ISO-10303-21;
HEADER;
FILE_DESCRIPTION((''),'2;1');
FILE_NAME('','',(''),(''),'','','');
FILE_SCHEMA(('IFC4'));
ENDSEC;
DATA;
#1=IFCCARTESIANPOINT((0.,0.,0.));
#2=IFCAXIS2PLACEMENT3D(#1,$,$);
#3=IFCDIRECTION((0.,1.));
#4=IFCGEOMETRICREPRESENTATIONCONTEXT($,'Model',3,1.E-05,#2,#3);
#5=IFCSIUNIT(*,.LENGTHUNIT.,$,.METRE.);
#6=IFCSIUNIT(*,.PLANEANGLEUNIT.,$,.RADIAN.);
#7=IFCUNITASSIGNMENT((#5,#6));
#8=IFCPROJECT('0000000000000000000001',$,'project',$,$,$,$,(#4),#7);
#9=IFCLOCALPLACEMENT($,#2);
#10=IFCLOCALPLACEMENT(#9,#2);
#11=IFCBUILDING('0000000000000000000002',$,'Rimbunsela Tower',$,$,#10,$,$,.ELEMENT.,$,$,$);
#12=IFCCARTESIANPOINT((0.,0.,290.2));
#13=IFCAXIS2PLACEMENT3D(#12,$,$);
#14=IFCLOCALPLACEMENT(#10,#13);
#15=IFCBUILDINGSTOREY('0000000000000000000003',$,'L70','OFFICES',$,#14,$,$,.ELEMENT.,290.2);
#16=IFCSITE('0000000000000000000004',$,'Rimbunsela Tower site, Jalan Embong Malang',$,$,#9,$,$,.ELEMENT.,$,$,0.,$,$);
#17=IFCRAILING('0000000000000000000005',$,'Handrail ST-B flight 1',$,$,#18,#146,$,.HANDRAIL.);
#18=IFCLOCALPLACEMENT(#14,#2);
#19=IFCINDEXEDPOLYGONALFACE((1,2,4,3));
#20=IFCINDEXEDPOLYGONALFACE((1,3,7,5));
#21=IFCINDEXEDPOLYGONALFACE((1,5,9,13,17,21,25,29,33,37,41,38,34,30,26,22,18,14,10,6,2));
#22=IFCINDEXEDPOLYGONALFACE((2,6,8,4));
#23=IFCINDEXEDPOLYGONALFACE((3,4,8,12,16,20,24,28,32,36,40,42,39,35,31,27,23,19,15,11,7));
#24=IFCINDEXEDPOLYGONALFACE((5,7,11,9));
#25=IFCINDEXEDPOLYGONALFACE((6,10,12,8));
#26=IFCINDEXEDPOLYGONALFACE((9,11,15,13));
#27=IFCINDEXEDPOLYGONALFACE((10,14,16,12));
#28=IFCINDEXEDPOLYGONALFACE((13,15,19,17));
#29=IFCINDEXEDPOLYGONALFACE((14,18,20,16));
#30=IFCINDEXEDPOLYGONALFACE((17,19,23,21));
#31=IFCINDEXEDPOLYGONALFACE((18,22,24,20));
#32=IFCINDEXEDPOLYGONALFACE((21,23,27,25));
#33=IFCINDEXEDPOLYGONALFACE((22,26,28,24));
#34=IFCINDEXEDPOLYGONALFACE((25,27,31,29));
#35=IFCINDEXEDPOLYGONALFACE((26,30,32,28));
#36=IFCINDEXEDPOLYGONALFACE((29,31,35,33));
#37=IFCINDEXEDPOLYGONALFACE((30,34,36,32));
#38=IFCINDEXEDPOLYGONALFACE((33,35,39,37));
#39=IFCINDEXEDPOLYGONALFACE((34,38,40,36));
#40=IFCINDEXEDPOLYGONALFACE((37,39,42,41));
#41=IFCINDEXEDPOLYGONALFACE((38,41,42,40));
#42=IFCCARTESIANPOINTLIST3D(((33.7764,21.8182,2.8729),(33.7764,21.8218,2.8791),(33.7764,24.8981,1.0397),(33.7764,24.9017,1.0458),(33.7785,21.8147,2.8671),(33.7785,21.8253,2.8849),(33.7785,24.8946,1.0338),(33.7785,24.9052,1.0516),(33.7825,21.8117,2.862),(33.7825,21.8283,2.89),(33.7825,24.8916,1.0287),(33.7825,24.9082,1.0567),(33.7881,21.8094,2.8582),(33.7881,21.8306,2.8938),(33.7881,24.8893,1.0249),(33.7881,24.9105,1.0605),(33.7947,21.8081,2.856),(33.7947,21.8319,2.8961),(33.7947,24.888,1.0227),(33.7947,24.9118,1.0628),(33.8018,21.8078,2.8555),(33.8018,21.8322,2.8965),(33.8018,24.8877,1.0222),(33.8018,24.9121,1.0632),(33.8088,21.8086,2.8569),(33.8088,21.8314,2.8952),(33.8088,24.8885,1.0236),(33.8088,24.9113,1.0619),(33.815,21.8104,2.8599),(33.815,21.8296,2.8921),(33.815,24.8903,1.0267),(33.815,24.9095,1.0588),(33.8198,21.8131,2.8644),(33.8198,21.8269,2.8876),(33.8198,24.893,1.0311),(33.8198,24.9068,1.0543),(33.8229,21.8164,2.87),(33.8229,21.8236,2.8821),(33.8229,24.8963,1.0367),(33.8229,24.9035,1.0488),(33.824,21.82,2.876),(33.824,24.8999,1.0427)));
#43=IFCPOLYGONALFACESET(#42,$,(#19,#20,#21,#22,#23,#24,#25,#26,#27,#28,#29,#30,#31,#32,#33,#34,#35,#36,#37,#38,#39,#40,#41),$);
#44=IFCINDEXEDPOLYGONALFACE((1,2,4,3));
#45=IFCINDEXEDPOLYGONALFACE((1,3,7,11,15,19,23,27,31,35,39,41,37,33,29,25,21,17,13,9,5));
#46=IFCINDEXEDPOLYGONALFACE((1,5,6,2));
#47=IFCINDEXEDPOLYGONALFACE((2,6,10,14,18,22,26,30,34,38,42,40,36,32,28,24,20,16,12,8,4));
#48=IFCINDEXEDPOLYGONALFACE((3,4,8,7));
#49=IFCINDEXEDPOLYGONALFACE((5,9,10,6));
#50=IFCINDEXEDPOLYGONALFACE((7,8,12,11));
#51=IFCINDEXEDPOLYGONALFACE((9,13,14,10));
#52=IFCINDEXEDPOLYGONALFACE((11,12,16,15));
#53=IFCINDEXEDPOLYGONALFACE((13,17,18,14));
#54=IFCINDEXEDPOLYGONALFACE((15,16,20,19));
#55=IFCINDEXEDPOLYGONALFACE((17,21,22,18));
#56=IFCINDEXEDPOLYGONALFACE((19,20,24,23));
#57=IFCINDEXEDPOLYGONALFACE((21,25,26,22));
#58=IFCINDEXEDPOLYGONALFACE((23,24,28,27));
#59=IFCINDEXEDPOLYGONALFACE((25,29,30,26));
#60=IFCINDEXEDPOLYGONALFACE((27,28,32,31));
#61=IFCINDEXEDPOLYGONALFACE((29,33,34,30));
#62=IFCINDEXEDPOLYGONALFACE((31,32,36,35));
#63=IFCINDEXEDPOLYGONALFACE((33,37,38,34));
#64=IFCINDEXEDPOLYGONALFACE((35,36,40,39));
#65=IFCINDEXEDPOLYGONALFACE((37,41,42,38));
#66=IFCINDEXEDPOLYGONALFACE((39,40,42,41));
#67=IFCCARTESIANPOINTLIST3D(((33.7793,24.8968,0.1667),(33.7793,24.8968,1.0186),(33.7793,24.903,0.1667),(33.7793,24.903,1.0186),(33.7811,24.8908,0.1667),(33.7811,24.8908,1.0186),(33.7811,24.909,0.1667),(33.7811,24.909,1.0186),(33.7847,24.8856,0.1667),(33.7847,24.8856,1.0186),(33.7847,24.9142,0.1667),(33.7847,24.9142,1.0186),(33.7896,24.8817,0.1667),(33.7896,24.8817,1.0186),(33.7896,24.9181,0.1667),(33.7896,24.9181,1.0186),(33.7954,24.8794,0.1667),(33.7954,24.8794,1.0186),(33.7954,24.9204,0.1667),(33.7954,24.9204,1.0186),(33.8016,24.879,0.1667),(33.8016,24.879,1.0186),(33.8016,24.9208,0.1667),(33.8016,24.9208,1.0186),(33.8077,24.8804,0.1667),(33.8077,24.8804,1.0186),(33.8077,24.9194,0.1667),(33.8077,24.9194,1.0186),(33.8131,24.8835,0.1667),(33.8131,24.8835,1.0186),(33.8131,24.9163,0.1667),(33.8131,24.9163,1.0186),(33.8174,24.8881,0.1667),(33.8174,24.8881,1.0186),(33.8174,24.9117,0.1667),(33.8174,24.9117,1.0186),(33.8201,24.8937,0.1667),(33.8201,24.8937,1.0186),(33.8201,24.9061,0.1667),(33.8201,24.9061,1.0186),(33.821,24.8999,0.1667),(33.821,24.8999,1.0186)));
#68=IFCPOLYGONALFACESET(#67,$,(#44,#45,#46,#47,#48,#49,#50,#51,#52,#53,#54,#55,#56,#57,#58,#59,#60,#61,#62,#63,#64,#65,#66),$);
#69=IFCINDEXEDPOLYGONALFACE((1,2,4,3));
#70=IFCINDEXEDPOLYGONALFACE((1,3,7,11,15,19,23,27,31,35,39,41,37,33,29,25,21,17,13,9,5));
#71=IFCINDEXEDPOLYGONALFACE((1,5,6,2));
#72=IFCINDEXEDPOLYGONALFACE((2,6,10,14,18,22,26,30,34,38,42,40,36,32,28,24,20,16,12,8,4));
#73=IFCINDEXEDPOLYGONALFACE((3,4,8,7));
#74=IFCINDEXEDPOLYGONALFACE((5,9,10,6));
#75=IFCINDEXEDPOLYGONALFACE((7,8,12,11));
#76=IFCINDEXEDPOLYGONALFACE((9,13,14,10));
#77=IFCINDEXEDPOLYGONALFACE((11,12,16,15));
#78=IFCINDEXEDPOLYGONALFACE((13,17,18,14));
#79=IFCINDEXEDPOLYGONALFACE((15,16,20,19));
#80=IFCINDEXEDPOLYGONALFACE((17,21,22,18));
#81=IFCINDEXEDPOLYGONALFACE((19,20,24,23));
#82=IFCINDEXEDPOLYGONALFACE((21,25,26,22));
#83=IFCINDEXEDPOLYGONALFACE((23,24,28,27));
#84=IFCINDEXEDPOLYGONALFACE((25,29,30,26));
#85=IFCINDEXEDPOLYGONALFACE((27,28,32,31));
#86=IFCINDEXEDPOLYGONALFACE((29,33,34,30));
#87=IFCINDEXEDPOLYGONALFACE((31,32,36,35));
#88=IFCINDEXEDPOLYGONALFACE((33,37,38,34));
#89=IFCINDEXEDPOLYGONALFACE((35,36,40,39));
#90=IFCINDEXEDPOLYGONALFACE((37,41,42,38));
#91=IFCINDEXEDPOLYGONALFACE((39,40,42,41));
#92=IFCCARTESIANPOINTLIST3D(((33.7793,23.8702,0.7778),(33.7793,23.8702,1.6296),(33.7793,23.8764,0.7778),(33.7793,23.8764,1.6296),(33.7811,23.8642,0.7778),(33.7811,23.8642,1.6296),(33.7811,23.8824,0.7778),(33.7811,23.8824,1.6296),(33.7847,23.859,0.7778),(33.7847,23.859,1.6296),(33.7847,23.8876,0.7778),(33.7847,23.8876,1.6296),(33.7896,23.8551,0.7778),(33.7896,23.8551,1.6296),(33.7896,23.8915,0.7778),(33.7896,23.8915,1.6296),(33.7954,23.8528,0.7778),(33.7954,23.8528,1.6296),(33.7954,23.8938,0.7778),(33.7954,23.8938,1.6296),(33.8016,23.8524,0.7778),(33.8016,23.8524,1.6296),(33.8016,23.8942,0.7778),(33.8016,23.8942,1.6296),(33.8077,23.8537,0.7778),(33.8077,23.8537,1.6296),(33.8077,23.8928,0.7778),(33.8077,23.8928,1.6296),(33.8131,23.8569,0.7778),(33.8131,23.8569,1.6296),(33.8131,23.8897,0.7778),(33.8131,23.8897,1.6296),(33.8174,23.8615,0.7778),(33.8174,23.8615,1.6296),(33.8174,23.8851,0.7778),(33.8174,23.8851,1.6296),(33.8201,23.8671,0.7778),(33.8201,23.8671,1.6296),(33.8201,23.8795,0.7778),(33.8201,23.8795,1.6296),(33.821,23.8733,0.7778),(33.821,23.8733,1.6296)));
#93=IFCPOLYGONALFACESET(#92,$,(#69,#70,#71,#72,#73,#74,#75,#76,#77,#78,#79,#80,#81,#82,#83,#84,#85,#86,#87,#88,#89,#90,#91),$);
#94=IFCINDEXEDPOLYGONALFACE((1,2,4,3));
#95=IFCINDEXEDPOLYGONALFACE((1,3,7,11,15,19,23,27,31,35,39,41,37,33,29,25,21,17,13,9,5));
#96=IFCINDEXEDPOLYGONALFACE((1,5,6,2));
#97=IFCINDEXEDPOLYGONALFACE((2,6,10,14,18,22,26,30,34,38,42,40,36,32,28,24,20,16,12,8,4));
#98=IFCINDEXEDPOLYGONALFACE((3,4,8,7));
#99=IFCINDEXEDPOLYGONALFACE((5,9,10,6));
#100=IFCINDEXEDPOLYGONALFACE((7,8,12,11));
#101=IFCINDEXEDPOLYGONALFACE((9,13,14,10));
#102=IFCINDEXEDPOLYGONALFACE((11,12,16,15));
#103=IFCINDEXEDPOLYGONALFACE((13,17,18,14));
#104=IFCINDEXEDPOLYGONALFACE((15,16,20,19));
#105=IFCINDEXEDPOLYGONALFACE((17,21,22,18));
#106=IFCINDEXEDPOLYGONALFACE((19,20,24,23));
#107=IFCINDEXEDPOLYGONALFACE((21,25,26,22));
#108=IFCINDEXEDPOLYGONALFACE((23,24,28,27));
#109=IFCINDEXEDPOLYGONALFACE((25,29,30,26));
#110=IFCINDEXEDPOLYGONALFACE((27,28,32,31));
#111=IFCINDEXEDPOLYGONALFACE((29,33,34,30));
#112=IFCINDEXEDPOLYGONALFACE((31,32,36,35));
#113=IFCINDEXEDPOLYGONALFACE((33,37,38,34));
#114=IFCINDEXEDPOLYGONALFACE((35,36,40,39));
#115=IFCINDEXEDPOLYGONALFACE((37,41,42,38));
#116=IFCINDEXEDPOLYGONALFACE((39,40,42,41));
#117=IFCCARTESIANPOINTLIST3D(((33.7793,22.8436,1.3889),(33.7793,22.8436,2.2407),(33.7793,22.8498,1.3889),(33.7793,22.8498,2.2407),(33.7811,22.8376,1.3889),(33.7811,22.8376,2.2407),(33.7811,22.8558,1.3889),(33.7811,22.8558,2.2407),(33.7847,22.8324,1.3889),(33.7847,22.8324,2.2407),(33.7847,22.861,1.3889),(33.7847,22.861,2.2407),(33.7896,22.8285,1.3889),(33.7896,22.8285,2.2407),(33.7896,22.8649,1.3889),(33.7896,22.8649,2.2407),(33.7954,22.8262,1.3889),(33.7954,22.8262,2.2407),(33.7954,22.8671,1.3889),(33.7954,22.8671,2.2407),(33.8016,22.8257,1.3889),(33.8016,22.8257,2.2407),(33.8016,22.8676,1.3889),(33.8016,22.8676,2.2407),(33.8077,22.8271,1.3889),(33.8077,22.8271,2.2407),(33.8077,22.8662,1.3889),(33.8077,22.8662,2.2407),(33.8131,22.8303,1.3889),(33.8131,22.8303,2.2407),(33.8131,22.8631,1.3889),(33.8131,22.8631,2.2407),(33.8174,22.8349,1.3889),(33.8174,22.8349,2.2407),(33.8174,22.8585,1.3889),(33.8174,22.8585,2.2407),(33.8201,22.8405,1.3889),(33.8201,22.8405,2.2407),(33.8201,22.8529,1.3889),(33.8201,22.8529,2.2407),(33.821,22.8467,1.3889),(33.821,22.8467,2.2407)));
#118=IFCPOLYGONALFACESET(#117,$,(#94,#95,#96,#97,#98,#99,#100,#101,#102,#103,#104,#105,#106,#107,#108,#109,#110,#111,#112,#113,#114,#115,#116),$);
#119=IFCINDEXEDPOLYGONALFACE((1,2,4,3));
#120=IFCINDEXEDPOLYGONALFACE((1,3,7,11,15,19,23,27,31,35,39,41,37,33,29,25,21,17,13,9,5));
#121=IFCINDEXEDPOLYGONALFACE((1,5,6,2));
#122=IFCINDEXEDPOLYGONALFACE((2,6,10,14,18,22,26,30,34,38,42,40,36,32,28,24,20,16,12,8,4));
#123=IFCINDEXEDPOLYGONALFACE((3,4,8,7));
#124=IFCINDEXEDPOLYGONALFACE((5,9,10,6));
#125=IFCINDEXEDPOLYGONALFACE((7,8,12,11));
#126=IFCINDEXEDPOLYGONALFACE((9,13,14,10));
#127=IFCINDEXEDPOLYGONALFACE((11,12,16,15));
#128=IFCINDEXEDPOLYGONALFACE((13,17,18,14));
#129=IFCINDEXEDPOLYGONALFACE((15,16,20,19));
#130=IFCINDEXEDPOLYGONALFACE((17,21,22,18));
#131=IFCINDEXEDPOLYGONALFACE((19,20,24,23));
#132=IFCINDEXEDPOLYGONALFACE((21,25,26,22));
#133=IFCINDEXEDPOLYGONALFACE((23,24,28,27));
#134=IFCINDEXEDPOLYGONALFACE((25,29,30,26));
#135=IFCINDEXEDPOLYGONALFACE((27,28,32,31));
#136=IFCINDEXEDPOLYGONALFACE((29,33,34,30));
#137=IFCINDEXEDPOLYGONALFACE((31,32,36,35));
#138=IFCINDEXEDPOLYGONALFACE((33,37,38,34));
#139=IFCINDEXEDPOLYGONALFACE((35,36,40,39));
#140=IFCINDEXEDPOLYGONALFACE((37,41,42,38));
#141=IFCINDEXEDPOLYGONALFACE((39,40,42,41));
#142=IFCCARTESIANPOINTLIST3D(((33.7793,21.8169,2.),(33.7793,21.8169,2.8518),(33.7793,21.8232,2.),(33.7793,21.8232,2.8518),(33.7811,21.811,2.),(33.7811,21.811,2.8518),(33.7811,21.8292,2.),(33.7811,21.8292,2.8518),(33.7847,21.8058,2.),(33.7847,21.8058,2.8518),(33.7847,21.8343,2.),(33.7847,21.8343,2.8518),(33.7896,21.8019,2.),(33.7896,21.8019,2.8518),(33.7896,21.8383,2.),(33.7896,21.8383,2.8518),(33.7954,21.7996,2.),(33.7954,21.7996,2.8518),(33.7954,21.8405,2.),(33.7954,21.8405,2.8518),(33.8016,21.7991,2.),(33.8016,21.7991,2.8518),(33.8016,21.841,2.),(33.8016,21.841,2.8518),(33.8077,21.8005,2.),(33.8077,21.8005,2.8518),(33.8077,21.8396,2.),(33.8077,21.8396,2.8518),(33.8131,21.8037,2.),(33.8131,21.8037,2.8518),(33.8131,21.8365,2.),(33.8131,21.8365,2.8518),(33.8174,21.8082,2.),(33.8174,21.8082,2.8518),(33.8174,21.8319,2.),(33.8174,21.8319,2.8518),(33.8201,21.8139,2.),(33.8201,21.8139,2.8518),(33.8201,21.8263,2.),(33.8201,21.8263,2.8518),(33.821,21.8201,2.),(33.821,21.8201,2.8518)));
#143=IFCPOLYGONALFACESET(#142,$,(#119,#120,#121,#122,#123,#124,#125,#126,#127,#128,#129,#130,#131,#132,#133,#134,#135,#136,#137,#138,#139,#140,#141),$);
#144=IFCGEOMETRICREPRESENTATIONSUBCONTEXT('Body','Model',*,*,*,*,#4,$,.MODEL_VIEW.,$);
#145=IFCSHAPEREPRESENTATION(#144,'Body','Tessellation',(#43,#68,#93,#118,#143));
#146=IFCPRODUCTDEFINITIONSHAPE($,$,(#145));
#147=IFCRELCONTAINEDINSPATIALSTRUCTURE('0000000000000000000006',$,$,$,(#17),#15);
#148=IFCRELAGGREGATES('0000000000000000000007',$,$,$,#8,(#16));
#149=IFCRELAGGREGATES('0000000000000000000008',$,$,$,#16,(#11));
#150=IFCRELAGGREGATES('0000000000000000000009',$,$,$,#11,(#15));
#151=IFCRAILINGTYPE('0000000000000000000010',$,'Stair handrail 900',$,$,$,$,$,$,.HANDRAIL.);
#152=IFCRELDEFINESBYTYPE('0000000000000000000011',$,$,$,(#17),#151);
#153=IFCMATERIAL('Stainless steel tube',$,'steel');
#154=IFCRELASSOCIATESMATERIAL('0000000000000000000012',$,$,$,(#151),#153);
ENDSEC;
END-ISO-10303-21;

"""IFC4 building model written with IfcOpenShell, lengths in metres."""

from ifc_helpers import new_model, si_unit, direction, frame, origin, origin_2d, place, context, subcontext, project, spatial, circle, extrude, material, type_object, element, save


model = new_model("IFC4")

# Units and contexts
model_context = context("Model", 3, precision=1e-05, world=origin(), true_north=direction((0.0, 1.0)))
body_context = subcontext(model_context, "Body", "Model", "MODEL_VIEW")
ifc_project = project(units=[si_unit("LENGTHUNIT", "METRE"), si_unit("PLANEANGLEUNIT", "RADIAN")], contexts=[model_context])

# Site, building, storey
site_placement = place(None, origin())
site = spatial("IfcSite", under=ifc_project, at=site_placement, Name="Rimbunsela Tower site, Jalan Embong Malang", CompositionType="ELEMENT", RefElevation=0.0)
building_placement = place(site_placement, origin())
building = spatial("IfcBuilding", under=site, at=building_placement, Name="Rimbunsela Tower", CompositionType="ELEMENT")
storey_placement = place(building_placement, frame((0.0, 0.0, 290.2)))
storey = spatial("IfcBuildingStorey", under=building, at=storey_placement, Name="L70", Description="OFFICES", CompositionType="ELEMENT", Elevation=290.2)

# Railing
ifc_material_1 = material(Name="Stainless steel tube", Category="steel")
railing_type = type_object("IfcRailingType", Name="Stair handrail 900", PredefinedType="HANDRAIL", material=ifc_material_1)
for number, where, name in (
    (1, (33.8, 24.8999, 0.1667), "Handrail ST-B flight 1"),
):
    element("IfcRailing", number, at=place(storey_placement, frame(where)), inside=storey, type_object=railing_type, Name=name, PredefinedType="HANDRAIL", context=body_context, shape_type="SweptSolid", body=[
        extrude(circle(Radius=0.0239, at=origin_2d()), frame((0.0, 0.0, 0.876), z_axis=(0.0, -0.859291, 0.511487), x_axis=(1.0, 0.0, 0.0)), (0.0, 0.0, 1.0), 3.5842),
        extrude(circle(Radius=0.021, at=origin_2d()), origin(), (0.0, 0.0, 1.0), 0.8518),
        extrude(circle(Radius=0.021, at=origin_2d()), frame((0.0, -1.0266, 0.6111)), (0.0, 0.0, 1.0), 0.8518),
        extrude(circle(Radius=0.021, at=origin_2d()), frame((0.0, -2.0532, 1.2222)), (0.0, 0.0, 1.0), 0.8518),
        extrude(circle(Radius=0.021, at=origin_2d()), frame((0.0, -3.0798, 1.8333)), (0.0, 0.0, 1.0), 0.8518),
    ])

save(model, "model.ifc")
